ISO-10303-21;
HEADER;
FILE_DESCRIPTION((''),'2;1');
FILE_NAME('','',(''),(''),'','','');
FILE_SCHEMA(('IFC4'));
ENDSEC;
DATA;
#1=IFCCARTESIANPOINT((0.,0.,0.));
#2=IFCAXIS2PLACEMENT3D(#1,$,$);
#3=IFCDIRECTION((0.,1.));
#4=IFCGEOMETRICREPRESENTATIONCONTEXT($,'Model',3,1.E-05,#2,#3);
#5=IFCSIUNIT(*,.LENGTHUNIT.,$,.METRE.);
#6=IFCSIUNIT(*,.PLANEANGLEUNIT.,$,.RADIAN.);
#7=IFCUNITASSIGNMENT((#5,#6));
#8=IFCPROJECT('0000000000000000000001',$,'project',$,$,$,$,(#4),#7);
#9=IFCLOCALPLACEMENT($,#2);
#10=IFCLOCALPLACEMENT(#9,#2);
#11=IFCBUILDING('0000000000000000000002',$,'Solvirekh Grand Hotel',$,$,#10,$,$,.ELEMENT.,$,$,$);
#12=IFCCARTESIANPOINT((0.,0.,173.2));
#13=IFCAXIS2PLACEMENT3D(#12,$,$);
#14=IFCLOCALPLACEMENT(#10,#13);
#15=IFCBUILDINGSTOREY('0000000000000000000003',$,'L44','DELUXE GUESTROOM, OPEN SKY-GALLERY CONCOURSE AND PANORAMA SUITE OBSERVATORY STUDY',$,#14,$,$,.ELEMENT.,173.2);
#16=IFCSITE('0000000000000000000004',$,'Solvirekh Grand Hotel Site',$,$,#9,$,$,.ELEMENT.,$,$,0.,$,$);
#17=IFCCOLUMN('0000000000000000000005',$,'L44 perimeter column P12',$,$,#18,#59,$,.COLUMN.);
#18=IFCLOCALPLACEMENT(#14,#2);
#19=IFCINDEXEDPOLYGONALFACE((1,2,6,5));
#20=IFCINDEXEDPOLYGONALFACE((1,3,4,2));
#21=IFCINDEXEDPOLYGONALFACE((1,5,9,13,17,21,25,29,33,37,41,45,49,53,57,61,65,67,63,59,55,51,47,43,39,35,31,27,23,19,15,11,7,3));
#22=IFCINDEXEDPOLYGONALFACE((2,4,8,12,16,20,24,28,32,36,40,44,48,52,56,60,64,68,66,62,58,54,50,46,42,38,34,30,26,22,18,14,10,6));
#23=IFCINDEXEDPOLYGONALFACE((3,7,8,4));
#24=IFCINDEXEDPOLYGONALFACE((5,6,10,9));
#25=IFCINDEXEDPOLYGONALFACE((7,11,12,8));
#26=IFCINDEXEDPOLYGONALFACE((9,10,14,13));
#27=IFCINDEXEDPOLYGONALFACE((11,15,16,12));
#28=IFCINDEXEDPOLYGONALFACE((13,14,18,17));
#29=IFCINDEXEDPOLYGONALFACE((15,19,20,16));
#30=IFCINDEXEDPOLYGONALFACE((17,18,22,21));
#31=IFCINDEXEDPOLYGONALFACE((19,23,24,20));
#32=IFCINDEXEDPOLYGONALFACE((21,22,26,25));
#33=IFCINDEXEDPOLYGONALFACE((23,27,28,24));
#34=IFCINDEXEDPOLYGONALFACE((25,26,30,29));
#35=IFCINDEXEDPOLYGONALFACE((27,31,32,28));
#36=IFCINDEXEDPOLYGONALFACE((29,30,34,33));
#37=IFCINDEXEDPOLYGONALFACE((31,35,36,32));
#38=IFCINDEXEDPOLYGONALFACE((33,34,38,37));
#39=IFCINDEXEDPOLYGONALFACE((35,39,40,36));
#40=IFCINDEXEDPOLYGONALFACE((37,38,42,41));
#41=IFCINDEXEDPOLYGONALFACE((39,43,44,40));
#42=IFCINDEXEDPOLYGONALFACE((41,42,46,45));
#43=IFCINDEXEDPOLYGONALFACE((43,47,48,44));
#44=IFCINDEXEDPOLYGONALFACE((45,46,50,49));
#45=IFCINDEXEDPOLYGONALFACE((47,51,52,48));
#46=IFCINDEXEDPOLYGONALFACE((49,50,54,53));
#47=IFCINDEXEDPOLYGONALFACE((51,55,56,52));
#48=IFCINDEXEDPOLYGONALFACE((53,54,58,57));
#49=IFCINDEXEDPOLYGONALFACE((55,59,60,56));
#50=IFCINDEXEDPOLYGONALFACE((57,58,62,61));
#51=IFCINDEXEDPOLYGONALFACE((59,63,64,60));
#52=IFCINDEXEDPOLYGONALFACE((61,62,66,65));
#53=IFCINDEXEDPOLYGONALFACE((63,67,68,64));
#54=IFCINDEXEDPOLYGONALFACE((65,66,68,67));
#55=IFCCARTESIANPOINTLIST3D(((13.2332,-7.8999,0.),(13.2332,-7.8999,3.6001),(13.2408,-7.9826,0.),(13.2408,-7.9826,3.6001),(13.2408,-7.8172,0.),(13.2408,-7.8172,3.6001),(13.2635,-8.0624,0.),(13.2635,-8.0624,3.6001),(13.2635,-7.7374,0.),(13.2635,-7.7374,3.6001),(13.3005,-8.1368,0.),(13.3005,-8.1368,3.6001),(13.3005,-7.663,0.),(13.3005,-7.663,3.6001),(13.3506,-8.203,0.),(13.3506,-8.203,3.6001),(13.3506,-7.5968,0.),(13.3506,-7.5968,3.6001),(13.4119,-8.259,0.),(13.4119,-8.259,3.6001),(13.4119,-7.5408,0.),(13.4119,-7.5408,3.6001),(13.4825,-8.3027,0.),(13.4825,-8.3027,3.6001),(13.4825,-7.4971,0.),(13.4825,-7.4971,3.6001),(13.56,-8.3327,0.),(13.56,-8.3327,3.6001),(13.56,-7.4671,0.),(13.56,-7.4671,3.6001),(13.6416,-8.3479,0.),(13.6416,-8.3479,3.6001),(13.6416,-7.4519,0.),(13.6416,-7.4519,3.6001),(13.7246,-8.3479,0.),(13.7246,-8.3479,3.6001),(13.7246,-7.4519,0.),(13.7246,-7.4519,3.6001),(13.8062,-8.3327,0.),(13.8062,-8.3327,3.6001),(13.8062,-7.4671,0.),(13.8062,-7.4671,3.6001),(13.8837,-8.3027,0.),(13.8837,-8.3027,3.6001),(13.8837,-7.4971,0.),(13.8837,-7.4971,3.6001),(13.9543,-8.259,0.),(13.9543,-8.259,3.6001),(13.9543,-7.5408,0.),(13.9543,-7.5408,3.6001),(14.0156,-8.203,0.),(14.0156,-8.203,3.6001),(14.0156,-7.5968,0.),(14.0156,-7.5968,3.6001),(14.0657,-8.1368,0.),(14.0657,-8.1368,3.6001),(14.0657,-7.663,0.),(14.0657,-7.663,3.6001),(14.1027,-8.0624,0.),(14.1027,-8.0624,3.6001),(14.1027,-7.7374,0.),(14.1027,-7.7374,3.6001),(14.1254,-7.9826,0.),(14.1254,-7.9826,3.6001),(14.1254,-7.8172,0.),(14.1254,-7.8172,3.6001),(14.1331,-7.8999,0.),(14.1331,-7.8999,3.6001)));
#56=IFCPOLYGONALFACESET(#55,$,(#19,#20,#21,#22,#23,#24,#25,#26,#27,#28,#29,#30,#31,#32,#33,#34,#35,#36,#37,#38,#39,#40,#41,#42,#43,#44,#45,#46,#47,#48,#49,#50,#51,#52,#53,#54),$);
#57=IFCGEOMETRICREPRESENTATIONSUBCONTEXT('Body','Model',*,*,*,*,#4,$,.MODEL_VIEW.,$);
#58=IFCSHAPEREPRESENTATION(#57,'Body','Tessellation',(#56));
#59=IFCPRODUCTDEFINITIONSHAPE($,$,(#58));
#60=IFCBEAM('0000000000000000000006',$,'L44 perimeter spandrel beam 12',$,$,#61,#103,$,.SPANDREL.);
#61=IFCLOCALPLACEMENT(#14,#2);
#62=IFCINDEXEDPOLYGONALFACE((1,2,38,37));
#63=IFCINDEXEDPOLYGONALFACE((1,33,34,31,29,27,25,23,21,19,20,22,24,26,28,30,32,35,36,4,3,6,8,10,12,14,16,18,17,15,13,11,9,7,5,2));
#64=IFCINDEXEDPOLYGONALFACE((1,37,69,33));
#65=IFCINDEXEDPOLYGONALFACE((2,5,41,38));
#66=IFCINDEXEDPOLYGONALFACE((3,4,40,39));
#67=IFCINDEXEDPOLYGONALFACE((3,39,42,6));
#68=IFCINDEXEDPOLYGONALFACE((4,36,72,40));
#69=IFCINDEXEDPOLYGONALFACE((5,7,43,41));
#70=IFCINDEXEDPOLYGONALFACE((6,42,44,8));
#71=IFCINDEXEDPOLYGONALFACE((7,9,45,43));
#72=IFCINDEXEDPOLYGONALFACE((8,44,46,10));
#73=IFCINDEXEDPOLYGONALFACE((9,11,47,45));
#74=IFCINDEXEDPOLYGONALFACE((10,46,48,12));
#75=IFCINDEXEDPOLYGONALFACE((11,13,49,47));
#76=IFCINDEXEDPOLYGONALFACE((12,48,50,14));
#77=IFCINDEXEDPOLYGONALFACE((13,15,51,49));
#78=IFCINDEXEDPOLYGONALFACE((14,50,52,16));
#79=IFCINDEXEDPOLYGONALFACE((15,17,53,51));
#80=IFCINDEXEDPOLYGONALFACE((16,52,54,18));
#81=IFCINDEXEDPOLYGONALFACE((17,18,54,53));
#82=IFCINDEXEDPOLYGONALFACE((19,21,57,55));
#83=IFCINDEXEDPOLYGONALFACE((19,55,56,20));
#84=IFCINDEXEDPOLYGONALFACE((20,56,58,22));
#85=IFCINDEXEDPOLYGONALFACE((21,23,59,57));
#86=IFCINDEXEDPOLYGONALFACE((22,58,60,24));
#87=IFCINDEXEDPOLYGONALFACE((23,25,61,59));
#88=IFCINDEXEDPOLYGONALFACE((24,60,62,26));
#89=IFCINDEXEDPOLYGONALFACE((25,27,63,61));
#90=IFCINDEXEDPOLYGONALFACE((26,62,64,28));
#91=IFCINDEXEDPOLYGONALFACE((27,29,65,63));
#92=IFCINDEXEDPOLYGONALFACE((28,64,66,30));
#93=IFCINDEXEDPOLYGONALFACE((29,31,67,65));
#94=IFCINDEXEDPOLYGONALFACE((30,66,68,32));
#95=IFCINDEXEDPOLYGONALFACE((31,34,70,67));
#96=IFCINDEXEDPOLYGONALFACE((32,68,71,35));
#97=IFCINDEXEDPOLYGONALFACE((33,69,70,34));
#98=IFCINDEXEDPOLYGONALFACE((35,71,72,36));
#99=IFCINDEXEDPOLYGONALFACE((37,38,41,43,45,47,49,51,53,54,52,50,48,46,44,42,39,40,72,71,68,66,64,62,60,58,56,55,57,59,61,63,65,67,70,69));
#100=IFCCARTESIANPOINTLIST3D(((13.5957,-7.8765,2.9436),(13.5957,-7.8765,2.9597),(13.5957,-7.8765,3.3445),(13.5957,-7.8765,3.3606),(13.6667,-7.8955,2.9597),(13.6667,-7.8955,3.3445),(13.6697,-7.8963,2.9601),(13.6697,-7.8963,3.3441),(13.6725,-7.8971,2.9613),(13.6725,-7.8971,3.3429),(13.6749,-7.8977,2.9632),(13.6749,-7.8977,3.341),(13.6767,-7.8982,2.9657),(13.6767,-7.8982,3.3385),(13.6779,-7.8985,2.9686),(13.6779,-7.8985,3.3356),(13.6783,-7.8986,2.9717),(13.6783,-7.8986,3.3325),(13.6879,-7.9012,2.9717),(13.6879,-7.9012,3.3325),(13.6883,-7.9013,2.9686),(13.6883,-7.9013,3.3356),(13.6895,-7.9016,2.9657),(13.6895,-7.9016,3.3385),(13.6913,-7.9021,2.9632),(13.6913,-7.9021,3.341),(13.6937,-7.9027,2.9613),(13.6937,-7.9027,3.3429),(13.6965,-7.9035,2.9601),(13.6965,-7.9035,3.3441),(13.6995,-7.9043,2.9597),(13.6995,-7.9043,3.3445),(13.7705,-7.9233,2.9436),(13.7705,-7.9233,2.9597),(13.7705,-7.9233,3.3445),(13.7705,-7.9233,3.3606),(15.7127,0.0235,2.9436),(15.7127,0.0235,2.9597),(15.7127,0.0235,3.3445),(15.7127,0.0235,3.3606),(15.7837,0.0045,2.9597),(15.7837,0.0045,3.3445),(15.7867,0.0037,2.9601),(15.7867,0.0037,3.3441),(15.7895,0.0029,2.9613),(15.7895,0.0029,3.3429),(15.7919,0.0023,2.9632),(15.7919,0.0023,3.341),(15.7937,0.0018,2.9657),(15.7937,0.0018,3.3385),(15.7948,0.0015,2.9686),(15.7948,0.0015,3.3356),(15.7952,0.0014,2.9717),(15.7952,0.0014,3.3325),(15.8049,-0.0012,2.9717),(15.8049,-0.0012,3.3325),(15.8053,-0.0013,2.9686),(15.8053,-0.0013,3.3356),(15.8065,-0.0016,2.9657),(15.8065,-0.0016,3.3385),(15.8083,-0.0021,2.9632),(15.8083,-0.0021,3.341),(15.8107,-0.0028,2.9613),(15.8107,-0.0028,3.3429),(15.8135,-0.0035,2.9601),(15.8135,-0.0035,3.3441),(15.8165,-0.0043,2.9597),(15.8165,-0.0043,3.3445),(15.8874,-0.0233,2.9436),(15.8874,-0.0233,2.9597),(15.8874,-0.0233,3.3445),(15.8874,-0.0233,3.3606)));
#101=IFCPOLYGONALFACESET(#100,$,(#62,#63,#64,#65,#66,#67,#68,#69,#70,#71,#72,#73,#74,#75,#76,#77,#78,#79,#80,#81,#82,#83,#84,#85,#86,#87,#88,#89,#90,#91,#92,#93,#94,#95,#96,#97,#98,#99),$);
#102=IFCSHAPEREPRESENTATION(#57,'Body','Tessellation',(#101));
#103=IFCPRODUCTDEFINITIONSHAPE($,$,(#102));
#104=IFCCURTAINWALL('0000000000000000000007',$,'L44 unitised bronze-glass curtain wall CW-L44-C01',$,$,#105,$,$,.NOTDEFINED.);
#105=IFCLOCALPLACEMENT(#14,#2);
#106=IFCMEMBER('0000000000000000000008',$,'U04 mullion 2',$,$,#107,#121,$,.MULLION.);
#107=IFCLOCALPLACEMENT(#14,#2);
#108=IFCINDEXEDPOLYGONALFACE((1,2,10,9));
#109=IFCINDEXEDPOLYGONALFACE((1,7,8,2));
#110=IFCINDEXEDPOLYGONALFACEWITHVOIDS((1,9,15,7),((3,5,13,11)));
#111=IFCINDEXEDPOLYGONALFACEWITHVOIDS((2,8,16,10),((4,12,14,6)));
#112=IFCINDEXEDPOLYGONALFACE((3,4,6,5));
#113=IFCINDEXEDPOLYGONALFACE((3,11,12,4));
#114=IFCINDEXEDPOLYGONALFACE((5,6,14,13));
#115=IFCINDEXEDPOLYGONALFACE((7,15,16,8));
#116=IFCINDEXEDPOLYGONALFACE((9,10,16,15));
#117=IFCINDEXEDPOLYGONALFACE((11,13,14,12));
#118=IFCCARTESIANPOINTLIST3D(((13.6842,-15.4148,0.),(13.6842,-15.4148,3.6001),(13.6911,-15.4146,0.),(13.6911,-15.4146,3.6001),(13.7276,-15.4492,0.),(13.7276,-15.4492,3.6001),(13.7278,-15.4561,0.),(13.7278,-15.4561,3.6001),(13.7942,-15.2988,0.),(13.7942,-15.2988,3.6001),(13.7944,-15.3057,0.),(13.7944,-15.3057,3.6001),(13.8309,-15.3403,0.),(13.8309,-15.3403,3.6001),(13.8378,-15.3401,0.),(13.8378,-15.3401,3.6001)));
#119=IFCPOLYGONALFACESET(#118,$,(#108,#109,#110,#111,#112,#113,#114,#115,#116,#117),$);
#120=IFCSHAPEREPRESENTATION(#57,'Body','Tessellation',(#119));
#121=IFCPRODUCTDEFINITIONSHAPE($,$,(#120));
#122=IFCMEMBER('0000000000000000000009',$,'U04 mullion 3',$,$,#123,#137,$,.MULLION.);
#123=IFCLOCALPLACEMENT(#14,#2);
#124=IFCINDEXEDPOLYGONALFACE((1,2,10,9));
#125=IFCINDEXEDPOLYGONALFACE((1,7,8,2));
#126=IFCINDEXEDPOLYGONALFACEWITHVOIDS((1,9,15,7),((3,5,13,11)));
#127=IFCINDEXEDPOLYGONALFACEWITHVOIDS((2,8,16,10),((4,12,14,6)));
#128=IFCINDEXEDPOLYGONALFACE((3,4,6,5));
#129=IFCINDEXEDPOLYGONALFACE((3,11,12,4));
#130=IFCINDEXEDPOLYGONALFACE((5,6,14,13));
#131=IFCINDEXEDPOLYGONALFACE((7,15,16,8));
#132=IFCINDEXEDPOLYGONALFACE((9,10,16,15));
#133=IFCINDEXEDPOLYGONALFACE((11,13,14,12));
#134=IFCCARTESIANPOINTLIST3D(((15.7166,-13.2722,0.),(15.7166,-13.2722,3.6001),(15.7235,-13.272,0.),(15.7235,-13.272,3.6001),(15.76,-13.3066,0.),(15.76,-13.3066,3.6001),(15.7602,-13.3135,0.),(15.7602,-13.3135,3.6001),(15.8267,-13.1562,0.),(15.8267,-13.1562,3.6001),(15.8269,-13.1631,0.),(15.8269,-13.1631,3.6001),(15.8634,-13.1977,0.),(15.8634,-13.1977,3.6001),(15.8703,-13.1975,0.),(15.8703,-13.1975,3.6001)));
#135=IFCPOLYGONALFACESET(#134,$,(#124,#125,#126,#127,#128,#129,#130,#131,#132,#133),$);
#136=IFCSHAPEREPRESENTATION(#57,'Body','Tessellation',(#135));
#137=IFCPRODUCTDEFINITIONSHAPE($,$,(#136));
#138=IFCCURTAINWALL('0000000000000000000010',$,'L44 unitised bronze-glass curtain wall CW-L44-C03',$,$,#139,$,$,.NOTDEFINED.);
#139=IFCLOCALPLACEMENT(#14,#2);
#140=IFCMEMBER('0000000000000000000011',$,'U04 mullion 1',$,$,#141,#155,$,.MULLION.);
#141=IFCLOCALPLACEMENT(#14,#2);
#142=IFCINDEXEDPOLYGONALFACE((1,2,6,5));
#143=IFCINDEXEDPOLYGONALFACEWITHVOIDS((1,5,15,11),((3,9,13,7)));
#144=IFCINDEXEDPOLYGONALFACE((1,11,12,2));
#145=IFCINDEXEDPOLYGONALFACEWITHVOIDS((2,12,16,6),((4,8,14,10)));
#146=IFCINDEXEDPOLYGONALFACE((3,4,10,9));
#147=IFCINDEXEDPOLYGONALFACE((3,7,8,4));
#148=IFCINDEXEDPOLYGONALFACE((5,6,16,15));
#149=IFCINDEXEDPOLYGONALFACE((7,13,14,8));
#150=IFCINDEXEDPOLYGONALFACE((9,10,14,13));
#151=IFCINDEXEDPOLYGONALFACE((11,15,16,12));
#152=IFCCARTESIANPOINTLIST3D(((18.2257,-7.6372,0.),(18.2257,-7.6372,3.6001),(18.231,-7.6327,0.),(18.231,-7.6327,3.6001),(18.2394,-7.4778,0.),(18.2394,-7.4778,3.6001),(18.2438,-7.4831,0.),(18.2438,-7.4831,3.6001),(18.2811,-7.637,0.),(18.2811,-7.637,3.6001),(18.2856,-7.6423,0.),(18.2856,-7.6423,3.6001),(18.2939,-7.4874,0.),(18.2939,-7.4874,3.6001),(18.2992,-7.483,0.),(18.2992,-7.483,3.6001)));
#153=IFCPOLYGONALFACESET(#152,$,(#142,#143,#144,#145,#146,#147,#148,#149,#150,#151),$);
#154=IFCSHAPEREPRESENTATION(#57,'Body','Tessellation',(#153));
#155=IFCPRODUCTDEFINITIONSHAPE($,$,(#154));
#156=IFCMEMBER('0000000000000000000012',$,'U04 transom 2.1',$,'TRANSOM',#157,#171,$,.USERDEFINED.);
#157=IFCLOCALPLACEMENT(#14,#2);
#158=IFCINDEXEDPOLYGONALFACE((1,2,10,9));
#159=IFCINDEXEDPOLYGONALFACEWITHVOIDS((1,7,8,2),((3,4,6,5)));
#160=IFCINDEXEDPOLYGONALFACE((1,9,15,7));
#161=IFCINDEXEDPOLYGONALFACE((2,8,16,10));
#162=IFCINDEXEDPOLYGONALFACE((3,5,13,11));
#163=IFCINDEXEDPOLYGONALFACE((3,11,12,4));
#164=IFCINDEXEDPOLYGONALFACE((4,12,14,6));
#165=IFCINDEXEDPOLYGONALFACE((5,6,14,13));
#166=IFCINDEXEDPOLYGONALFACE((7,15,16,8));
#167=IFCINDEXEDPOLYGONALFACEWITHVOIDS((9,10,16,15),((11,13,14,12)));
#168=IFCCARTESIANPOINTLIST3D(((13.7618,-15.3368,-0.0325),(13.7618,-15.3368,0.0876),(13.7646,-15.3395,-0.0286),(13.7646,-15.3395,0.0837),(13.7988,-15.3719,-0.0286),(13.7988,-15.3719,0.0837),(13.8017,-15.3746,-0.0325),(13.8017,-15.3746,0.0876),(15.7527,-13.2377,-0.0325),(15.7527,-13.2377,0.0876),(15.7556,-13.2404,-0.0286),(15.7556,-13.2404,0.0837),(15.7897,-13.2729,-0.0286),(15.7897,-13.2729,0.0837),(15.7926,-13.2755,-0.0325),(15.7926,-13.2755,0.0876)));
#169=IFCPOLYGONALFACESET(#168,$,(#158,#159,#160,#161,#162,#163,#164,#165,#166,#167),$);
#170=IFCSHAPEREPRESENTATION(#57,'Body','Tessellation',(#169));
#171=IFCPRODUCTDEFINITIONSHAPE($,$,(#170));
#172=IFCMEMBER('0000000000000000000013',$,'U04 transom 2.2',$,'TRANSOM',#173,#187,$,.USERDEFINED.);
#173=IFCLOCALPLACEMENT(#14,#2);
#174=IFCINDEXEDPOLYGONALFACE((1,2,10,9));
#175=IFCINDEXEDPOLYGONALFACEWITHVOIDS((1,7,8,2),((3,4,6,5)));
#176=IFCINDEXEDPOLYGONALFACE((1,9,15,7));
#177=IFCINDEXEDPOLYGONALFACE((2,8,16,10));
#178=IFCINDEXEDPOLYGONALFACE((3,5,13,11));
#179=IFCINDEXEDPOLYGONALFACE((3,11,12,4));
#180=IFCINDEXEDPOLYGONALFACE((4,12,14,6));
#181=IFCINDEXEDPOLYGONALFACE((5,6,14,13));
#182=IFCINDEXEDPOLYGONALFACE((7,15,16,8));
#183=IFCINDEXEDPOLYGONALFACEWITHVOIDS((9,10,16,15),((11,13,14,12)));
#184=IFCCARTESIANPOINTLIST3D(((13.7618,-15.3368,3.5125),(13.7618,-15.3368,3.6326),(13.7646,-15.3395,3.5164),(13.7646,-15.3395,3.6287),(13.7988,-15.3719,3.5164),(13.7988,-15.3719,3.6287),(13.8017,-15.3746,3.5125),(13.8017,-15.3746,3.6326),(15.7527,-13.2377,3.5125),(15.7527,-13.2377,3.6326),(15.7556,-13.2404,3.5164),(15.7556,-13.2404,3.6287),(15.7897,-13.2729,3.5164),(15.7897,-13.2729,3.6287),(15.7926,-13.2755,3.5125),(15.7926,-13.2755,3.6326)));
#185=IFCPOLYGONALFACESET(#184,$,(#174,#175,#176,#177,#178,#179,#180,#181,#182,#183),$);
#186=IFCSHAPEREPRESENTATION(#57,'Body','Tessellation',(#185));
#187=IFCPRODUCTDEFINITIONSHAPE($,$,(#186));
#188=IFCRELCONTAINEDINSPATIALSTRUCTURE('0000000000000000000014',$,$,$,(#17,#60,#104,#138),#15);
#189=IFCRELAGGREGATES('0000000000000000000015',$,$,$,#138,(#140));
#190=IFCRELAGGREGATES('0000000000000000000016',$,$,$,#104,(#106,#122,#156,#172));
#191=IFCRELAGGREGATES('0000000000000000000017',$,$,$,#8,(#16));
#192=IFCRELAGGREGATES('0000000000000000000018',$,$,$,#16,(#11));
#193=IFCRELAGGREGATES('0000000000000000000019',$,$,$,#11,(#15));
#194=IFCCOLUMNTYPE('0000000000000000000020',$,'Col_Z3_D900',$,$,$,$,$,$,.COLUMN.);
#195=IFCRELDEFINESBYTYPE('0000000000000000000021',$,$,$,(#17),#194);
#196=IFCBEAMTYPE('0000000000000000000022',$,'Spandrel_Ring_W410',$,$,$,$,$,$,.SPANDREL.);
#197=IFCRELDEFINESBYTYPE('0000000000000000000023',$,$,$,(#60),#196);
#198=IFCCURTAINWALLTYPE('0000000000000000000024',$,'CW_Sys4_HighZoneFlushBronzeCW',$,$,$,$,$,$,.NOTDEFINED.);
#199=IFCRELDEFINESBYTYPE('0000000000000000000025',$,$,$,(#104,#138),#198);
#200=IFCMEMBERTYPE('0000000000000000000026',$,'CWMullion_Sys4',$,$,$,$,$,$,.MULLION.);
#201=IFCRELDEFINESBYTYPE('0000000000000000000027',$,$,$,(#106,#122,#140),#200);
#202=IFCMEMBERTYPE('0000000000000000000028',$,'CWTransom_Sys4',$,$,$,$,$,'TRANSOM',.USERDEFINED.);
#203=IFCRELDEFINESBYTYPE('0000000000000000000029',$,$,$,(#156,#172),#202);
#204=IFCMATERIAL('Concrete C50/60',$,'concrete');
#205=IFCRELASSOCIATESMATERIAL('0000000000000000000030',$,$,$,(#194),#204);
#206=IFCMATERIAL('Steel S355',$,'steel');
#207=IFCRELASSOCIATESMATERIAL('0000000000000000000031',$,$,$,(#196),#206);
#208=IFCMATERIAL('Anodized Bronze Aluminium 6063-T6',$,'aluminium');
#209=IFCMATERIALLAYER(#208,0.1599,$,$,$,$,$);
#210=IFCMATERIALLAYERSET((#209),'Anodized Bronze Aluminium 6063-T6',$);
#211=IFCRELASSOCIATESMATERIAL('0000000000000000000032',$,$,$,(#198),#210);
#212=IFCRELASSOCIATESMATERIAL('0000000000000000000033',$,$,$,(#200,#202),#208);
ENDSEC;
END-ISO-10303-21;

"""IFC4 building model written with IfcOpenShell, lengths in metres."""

from ifc_helpers import new_model, si_unit, direction, frame, origin, origin_2d, place, context, subcontext, project, spatial, hollow_rectangle, circle, i_section, extrude, source, transform, mapped, material, layer, layer_set, material_profile, profile_set, type_object, element, aggregate, save


model = new_model("IFC4")

# Units and contexts
model_context = context("Model", 3, precision=1e-05, world=origin(), true_north=direction((0.0, 1.0)))
body_context = subcontext(model_context, "Body", "Model", "MODEL_VIEW")
ifc_project = project(units=[si_unit("LENGTHUNIT", "METRE"), si_unit("PLANEANGLEUNIT", "RADIAN")], contexts=[model_context])

# Site, building, storey
site_placement = place(None, origin())
site = spatial("IfcSite", under=ifc_project, at=site_placement, Name="Solvirekh Grand Hotel Site", CompositionType="ELEMENT", RefElevation=0.0)
building_placement = place(site_placement, origin())
building = spatial("IfcBuilding", under=site, at=building_placement, Name="Solvirekh Grand Hotel", CompositionType="ELEMENT")
storey_placement = place(building_placement, frame((0.0, 0.0, 173.2)))
storey = spatial("IfcBuildingStorey", under=building, at=storey_placement, Name="L44", Description="DELUXE GUESTROOM, OPEN SKY-GALLERY CONCOURSE AND PANORAMA SUITE OBSERVATORY STUDY", CompositionType="ELEMENT", Elevation=173.2)

# Column
ifc_material_1 = material(Name="Concrete C50/60", Category="concrete")
ifc_material_profile_1 = material_profile(ifc_material_1, circle(Radius=0.45, at=origin_2d()), Name="RC CIRC D900")
ifc_profile_set_1 = profile_set([ifc_material_profile_1], Name="Concrete C50/60")
column_type = type_object("IfcColumnType", Name="Col_Z3_D900", PredefinedType="COLUMN", material=ifc_profile_set_1)
column_placement = place(storey_placement, frame((13.6831, -7.8999, 0.0), z_axis=(0.0, 0.0, 1.0), x_axis=(1.0, 0.0, 0.0)))
element("IfcColumn", 1, at=column_placement, inside=storey, type_object=column_type, Name="L44 perimeter column P12", PredefinedType="COLUMN", context=body_context, shape_type="SweptSolid", body=[
    extrude(circle(Radius=0.45, at=origin_2d()), origin(), (0.0, 0.0, 1.0), 3.6001),
])

# Beam
ifc_material_2 = material(Name="Steel S355", Category="steel")
ifc_material_profile_2 = material_profile(ifc_material_2, i_section(OverallWidth=0.1809, OverallDepth=0.417, WebThickness=0.01, FlangeThickness=0.0161, FilletRadius=0.012, at=origin_2d()), Name="W410X85")
ifc_profile_set_2 = profile_set([ifc_material_profile_2], Name="Steel S355")
beam_type = type_object("IfcBeamType", Name="Spandrel_Ring_W410", PredefinedType="SPANDREL", material=ifc_profile_set_2)
beam_placement = place(storey_placement, frame((13.6831, -7.8999, 3.1521), z_axis=(0.258839, 0.965921, 0.0), x_axis=(-0.965921, 0.258839, 0.0)))
element("IfcBeam", 2, at=beam_placement, inside=storey, type_object=beam_type, Name="L44 perimeter spandrel beam 12", PredefinedType="SPANDREL", context=body_context, shape_type="SweptSolid", body=[
    extrude(i_section(OverallWidth=0.1809, OverallDepth=0.417, WebThickness=0.01, FlangeThickness=0.0161, FilletRadius=0.012, at=origin_2d()), origin(), (0.0, 0.0, 1.0), 8.1787),
])

# Curtain wall, members
ifc_material_3 = material(Name="Anodized Bronze Aluminium 6063-T6", Category="aluminium")
ifc_layer_1 = layer(ifc_material_3, 0.1599)
ifc_layer_set_1 = layer_set([ifc_layer_1], Name="Anodized Bronze Aluminium 6063-T6")
curtain_wall_type = type_object("IfcCurtainWallType", Name="CW_Sys4_HighZoneFlushBronzeCW", PredefinedType="NOTDEFINED", material=ifc_layer_set_1)
curtain_wall_1_placement = place(storey_placement, origin())
curtain_wall_1 = element("IfcCurtainWall", 3, at=curtain_wall_1_placement, inside=storey, type_object=curtain_wall_type, Name="L44 unitised bronze-glass curtain wall CW-L44-C01", PredefinedType="NOTDEFINED")
ifc_material_profile_3 = material_profile(ifc_material_3, hollow_rectangle(XDim=0.0601, YDim=0.1599, WallThickness=0.0049, at=origin_2d()), Name="ALU RHS 160X60X5")
ifc_profile_set_3 = profile_set([ifc_material_profile_3], Name="Anodized Bronze Aluminium 6063-T6")
member_type_1 = type_object("IfcMemberType", Name="CWMullion_Sys4", PredefinedType="MULLION", material=ifc_profile_set_3)
shared_shape_1 = source(origin(), body_context, "Body", "SweptSolid", [
    extrude(hollow_rectangle(XDim=0.0601, YDim=0.1599, WallThickness=0.0049, at=origin_2d()), origin(), (0.0, 0.0, 1.0), 3.6001),
])
member_1_placement = place(storey_placement, frame((13.761, -15.3774, 0.0), z_axis=(0.0, 0.0, 1.0), x_axis=(-0.725547, 0.688172, 0.0)))
member_1 = element("IfcMember", 4, at=member_1_placement, type_object=member_type_1, Name="U04 mullion 2", PredefinedType="MULLION", context=body_context, shape_type="MappedRepresentation", body=[
    mapped(shared_shape_1, transform((0.0, 0.0, 0.0), x_axis=(1.0, 0.0, 0.0), y_axis=(0.0, 1.0, 0.0), z_axis=(0.0, 0.0, 1.0), scale=1.0)),
])
member_2_placement = place(storey_placement, frame((15.7935, -13.2349, 0.0), z_axis=(0.0, 0.0, 1.0), x_axis=(-0.725547, 0.688172, 0.0)))
member_2 = element("IfcMember", 5, at=member_2_placement, type_object=member_type_1, Name="U04 mullion 3", PredefinedType="MULLION", context=body_context, shape_type="MappedRepresentation", body=[
    mapped(shared_shape_1, transform((0.0, 0.0, 0.0), x_axis=(1.0, 0.0, 0.0), y_axis=(0.0, 1.0, 0.0), z_axis=(0.0, 0.0, 1.0), scale=1.0)),
])

# Curtain wall, member
curtain_wall_2_placement = place(storey_placement, origin())
curtain_wall_2 = element("IfcCurtainWall", 6, at=curtain_wall_2_placement, inside=storey, type_object=curtain_wall_type, Name="L44 unitised bronze-glass curtain wall CW-L44-C03", PredefinedType="NOTDEFINED")
member_3_placement = place(storey_placement, frame((18.2625, -7.5601, 0.0), z_axis=(0.0, 0.0, 1.0), x_axis=(-0.996355, 0.085299, 0.0)))
member_3 = element("IfcMember", 7, at=member_3_placement, type_object=member_type_1, Name="U04 mullion 1", PredefinedType="MULLION", context=body_context, shape_type="MappedRepresentation", body=[
    mapped(shared_shape_1, transform((0.0, 0.0, 0.0), x_axis=(1.0, 0.0, 0.0), y_axis=(0.0, 1.0, 0.0), z_axis=(0.0, 0.0, 1.0), scale=1.0)),
])

# Members
ifc_material_profile_4 = material_profile(ifc_material_3, hollow_rectangle(XDim=0.0549, YDim=0.1201, WallThickness=0.0039, at=origin_2d()), Name="ALU RHS 120X55X4")
ifc_profile_set_4 = profile_set([ifc_material_profile_4], Name="Anodized Bronze Aluminium 6063-T6")
member_type_2 = type_object("IfcMemberType", Name="CWTransom_Sys4", ElementType="TRANSOM", PredefinedType="USERDEFINED", material=ifc_profile_set_4)
shared_shape_2 = source(origin(), body_context, "Body", "SweptSolid", [
    extrude(hollow_rectangle(XDim=0.0549, YDim=0.1201, WallThickness=0.0039, at=origin_2d()), origin(), (0.0, 0.0, 1.0), 2.8931),
])
member_4_placement = place(storey_placement, frame((13.7817, -15.3557, 0.0276), z_axis=(0.688168, 0.725551, 0.0), x_axis=(-0.725551, 0.688168, 0.0)))
member_4 = element("IfcMember", 8, at=member_4_placement, type_object=member_type_2, Name="U04 transom 2.1", ObjectType="TRANSOM", PredefinedType="USERDEFINED", context=body_context, shape_type="MappedRepresentation", body=[
    mapped(shared_shape_2, transform((0.0, 0.0, 0.0), x_axis=(1.0, 0.0, 0.0), y_axis=(0.0, 1.0, 0.0), z_axis=(0.0, 0.0, 1.0), scale=1.0)),
])
member_5_placement = place(storey_placement, frame((13.7817, -15.3557, 3.5725), z_axis=(0.688168, 0.725551, 0.0), x_axis=(-0.725551, 0.688168, 0.0)))
member_5 = element("IfcMember", 9, at=member_5_placement, type_object=member_type_2, Name="U04 transom 2.2", ObjectType="TRANSOM", PredefinedType="USERDEFINED", context=body_context, shape_type="MappedRepresentation", body=[
    mapped(shared_shape_2, transform((0.0, 0.0, 0.0), x_axis=(1.0, 0.0, 0.0), y_axis=(0.0, 1.0, 0.0), z_axis=(0.0, 0.0, 1.0), scale=1.0)),
])
aggregate(curtain_wall_2, [member_3])

aggregate(curtain_wall_1, [member_1, member_2, member_4, member_5])

save(model, "model.ifc")
